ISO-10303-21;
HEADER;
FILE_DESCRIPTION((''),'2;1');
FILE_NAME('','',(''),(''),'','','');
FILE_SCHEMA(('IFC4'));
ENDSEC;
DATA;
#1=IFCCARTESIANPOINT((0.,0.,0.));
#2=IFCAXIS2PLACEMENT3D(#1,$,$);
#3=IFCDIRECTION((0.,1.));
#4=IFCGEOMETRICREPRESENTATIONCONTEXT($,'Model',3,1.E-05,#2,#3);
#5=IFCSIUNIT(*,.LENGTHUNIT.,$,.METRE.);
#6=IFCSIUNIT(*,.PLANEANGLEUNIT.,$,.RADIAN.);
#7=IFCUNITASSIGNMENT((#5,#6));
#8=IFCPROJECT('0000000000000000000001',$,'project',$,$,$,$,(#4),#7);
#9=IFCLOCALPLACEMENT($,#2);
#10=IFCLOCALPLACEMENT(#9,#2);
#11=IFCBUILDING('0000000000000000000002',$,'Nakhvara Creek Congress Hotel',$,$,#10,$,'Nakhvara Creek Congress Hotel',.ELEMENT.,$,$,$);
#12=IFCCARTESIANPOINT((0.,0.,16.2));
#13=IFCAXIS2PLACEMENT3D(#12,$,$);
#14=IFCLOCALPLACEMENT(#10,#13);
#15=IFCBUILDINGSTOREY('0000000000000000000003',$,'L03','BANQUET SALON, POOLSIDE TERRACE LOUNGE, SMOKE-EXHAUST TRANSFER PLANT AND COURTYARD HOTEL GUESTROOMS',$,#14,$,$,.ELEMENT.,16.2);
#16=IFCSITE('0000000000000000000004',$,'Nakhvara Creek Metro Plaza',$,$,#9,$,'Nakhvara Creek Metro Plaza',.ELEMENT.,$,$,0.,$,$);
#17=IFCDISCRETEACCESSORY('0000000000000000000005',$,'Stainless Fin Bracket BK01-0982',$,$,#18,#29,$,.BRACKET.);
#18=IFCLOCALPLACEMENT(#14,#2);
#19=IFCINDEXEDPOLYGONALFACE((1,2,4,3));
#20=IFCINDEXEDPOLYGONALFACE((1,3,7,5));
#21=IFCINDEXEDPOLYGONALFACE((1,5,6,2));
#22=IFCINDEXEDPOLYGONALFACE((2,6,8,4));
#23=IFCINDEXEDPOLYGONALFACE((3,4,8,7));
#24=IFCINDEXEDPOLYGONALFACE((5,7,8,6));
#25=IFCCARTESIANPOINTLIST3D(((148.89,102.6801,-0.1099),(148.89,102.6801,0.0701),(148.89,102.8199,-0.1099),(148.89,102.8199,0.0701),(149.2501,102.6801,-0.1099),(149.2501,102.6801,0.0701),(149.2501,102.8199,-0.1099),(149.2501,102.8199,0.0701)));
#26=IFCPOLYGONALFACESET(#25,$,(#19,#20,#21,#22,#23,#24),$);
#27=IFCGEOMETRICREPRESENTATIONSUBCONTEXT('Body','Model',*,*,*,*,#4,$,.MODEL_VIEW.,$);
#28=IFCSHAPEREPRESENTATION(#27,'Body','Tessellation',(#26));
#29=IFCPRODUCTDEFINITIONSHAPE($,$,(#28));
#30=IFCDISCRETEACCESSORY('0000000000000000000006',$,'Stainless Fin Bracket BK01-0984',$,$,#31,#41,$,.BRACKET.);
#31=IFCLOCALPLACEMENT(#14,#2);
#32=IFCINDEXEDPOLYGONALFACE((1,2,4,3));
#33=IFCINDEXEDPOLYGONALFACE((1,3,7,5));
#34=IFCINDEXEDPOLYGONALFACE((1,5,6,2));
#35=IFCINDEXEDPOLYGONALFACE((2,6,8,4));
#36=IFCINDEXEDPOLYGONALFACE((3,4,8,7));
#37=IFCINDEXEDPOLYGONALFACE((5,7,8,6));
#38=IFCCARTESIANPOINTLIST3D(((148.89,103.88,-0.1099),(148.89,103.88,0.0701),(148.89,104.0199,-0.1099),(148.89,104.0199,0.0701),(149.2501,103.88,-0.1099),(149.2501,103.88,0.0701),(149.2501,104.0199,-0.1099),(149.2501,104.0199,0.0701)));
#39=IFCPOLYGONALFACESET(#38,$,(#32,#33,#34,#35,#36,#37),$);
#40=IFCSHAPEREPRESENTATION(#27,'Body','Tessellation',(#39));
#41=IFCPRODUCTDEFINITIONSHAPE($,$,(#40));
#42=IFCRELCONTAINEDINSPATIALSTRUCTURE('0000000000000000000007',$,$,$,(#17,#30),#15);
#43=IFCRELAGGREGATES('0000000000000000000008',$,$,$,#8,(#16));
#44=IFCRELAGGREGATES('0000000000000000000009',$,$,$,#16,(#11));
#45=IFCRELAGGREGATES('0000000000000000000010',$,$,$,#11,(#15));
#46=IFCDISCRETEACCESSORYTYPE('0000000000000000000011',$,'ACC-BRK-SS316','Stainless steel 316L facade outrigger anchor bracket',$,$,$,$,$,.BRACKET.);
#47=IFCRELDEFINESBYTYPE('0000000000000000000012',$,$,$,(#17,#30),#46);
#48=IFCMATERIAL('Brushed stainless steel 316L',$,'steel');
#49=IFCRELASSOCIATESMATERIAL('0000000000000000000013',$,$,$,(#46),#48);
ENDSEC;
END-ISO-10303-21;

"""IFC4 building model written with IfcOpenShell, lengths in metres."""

from ifc_helpers import new_model, si_unit, direction, frame, origin, origin_2d, place, context, subcontext, project, spatial, rectangle, extrude, material, type_object, element, save


model = new_model("IFC4")

# Units and contexts
model_context = context("Model", 3, precision=1e-05, world=origin(), true_north=direction((0.0, 1.0)))
body_context = subcontext(model_context, "Body", "Model", "MODEL_VIEW")
ifc_project = project(units=[si_unit("LENGTHUNIT", "METRE"), si_unit("PLANEANGLEUNIT", "RADIAN")], contexts=[model_context])

# Site, building, storey
site_placement = place(None, origin())
site = spatial("IfcSite", under=ifc_project, at=site_placement, Name="Nakhvara Creek Metro Plaza", LongName="Nakhvara Creek Metro Plaza", CompositionType="ELEMENT", RefElevation=0.0)
building_placement = place(site_placement, origin())
building = spatial("IfcBuilding", under=site, at=building_placement, Name="Nakhvara Creek Congress Hotel", LongName="Nakhvara Creek Congress Hotel", CompositionType="ELEMENT")
storey_placement = place(building_placement, frame((0.0, 0.0, 16.2)))
storey = spatial("IfcBuildingStorey", under=building, at=storey_placement, Name="L03", Description="BANQUET SALON, POOLSIDE TERRACE LOUNGE, SMOKE-EXHAUST TRANSFER PLANT AND COURTYARD HOTEL GUESTROOMS", CompositionType="ELEMENT", Elevation=16.2)

# Discrete accessories
ifc_material_1 = material(Name="Brushed stainless steel 316L", Category="steel")
discrete_accessory_type = type_object("IfcDiscreteAccessoryType", Name="ACC-BRK-SS316", Description="Stainless steel 316L facade outrigger anchor bracket", PredefinedType="BRACKET", material=ifc_material_1)
for number, where, z_axis, x_axis, name in (
    (1, (149.0701, 102.75, -0.1099), (0.0, 0.0, 1.0), (0.0, 1.0, 0.0), "Stainless Fin Bracket BK01-0982"),
    (2, (149.0701, 103.95, -0.1099), (0.0, 0.0, 1.0), (0.0, 1.0, 0.0), "Stainless Fin Bracket BK01-0984"),
):
    element("IfcDiscreteAccessory", number, at=place(storey_placement, frame(where, z_axis=z_axis, x_axis=x_axis)), inside=storey, type_object=discrete_accessory_type, Name=name, PredefinedType="BRACKET", context=body_context, shape_type="SweptSolid", body=[
        extrude(rectangle(XDim=0.1399, YDim=0.3601, at=origin_2d()), origin(), (0.0, 0.0, 1.0), 0.1799),
    ])

save(model, "model.ifc")
